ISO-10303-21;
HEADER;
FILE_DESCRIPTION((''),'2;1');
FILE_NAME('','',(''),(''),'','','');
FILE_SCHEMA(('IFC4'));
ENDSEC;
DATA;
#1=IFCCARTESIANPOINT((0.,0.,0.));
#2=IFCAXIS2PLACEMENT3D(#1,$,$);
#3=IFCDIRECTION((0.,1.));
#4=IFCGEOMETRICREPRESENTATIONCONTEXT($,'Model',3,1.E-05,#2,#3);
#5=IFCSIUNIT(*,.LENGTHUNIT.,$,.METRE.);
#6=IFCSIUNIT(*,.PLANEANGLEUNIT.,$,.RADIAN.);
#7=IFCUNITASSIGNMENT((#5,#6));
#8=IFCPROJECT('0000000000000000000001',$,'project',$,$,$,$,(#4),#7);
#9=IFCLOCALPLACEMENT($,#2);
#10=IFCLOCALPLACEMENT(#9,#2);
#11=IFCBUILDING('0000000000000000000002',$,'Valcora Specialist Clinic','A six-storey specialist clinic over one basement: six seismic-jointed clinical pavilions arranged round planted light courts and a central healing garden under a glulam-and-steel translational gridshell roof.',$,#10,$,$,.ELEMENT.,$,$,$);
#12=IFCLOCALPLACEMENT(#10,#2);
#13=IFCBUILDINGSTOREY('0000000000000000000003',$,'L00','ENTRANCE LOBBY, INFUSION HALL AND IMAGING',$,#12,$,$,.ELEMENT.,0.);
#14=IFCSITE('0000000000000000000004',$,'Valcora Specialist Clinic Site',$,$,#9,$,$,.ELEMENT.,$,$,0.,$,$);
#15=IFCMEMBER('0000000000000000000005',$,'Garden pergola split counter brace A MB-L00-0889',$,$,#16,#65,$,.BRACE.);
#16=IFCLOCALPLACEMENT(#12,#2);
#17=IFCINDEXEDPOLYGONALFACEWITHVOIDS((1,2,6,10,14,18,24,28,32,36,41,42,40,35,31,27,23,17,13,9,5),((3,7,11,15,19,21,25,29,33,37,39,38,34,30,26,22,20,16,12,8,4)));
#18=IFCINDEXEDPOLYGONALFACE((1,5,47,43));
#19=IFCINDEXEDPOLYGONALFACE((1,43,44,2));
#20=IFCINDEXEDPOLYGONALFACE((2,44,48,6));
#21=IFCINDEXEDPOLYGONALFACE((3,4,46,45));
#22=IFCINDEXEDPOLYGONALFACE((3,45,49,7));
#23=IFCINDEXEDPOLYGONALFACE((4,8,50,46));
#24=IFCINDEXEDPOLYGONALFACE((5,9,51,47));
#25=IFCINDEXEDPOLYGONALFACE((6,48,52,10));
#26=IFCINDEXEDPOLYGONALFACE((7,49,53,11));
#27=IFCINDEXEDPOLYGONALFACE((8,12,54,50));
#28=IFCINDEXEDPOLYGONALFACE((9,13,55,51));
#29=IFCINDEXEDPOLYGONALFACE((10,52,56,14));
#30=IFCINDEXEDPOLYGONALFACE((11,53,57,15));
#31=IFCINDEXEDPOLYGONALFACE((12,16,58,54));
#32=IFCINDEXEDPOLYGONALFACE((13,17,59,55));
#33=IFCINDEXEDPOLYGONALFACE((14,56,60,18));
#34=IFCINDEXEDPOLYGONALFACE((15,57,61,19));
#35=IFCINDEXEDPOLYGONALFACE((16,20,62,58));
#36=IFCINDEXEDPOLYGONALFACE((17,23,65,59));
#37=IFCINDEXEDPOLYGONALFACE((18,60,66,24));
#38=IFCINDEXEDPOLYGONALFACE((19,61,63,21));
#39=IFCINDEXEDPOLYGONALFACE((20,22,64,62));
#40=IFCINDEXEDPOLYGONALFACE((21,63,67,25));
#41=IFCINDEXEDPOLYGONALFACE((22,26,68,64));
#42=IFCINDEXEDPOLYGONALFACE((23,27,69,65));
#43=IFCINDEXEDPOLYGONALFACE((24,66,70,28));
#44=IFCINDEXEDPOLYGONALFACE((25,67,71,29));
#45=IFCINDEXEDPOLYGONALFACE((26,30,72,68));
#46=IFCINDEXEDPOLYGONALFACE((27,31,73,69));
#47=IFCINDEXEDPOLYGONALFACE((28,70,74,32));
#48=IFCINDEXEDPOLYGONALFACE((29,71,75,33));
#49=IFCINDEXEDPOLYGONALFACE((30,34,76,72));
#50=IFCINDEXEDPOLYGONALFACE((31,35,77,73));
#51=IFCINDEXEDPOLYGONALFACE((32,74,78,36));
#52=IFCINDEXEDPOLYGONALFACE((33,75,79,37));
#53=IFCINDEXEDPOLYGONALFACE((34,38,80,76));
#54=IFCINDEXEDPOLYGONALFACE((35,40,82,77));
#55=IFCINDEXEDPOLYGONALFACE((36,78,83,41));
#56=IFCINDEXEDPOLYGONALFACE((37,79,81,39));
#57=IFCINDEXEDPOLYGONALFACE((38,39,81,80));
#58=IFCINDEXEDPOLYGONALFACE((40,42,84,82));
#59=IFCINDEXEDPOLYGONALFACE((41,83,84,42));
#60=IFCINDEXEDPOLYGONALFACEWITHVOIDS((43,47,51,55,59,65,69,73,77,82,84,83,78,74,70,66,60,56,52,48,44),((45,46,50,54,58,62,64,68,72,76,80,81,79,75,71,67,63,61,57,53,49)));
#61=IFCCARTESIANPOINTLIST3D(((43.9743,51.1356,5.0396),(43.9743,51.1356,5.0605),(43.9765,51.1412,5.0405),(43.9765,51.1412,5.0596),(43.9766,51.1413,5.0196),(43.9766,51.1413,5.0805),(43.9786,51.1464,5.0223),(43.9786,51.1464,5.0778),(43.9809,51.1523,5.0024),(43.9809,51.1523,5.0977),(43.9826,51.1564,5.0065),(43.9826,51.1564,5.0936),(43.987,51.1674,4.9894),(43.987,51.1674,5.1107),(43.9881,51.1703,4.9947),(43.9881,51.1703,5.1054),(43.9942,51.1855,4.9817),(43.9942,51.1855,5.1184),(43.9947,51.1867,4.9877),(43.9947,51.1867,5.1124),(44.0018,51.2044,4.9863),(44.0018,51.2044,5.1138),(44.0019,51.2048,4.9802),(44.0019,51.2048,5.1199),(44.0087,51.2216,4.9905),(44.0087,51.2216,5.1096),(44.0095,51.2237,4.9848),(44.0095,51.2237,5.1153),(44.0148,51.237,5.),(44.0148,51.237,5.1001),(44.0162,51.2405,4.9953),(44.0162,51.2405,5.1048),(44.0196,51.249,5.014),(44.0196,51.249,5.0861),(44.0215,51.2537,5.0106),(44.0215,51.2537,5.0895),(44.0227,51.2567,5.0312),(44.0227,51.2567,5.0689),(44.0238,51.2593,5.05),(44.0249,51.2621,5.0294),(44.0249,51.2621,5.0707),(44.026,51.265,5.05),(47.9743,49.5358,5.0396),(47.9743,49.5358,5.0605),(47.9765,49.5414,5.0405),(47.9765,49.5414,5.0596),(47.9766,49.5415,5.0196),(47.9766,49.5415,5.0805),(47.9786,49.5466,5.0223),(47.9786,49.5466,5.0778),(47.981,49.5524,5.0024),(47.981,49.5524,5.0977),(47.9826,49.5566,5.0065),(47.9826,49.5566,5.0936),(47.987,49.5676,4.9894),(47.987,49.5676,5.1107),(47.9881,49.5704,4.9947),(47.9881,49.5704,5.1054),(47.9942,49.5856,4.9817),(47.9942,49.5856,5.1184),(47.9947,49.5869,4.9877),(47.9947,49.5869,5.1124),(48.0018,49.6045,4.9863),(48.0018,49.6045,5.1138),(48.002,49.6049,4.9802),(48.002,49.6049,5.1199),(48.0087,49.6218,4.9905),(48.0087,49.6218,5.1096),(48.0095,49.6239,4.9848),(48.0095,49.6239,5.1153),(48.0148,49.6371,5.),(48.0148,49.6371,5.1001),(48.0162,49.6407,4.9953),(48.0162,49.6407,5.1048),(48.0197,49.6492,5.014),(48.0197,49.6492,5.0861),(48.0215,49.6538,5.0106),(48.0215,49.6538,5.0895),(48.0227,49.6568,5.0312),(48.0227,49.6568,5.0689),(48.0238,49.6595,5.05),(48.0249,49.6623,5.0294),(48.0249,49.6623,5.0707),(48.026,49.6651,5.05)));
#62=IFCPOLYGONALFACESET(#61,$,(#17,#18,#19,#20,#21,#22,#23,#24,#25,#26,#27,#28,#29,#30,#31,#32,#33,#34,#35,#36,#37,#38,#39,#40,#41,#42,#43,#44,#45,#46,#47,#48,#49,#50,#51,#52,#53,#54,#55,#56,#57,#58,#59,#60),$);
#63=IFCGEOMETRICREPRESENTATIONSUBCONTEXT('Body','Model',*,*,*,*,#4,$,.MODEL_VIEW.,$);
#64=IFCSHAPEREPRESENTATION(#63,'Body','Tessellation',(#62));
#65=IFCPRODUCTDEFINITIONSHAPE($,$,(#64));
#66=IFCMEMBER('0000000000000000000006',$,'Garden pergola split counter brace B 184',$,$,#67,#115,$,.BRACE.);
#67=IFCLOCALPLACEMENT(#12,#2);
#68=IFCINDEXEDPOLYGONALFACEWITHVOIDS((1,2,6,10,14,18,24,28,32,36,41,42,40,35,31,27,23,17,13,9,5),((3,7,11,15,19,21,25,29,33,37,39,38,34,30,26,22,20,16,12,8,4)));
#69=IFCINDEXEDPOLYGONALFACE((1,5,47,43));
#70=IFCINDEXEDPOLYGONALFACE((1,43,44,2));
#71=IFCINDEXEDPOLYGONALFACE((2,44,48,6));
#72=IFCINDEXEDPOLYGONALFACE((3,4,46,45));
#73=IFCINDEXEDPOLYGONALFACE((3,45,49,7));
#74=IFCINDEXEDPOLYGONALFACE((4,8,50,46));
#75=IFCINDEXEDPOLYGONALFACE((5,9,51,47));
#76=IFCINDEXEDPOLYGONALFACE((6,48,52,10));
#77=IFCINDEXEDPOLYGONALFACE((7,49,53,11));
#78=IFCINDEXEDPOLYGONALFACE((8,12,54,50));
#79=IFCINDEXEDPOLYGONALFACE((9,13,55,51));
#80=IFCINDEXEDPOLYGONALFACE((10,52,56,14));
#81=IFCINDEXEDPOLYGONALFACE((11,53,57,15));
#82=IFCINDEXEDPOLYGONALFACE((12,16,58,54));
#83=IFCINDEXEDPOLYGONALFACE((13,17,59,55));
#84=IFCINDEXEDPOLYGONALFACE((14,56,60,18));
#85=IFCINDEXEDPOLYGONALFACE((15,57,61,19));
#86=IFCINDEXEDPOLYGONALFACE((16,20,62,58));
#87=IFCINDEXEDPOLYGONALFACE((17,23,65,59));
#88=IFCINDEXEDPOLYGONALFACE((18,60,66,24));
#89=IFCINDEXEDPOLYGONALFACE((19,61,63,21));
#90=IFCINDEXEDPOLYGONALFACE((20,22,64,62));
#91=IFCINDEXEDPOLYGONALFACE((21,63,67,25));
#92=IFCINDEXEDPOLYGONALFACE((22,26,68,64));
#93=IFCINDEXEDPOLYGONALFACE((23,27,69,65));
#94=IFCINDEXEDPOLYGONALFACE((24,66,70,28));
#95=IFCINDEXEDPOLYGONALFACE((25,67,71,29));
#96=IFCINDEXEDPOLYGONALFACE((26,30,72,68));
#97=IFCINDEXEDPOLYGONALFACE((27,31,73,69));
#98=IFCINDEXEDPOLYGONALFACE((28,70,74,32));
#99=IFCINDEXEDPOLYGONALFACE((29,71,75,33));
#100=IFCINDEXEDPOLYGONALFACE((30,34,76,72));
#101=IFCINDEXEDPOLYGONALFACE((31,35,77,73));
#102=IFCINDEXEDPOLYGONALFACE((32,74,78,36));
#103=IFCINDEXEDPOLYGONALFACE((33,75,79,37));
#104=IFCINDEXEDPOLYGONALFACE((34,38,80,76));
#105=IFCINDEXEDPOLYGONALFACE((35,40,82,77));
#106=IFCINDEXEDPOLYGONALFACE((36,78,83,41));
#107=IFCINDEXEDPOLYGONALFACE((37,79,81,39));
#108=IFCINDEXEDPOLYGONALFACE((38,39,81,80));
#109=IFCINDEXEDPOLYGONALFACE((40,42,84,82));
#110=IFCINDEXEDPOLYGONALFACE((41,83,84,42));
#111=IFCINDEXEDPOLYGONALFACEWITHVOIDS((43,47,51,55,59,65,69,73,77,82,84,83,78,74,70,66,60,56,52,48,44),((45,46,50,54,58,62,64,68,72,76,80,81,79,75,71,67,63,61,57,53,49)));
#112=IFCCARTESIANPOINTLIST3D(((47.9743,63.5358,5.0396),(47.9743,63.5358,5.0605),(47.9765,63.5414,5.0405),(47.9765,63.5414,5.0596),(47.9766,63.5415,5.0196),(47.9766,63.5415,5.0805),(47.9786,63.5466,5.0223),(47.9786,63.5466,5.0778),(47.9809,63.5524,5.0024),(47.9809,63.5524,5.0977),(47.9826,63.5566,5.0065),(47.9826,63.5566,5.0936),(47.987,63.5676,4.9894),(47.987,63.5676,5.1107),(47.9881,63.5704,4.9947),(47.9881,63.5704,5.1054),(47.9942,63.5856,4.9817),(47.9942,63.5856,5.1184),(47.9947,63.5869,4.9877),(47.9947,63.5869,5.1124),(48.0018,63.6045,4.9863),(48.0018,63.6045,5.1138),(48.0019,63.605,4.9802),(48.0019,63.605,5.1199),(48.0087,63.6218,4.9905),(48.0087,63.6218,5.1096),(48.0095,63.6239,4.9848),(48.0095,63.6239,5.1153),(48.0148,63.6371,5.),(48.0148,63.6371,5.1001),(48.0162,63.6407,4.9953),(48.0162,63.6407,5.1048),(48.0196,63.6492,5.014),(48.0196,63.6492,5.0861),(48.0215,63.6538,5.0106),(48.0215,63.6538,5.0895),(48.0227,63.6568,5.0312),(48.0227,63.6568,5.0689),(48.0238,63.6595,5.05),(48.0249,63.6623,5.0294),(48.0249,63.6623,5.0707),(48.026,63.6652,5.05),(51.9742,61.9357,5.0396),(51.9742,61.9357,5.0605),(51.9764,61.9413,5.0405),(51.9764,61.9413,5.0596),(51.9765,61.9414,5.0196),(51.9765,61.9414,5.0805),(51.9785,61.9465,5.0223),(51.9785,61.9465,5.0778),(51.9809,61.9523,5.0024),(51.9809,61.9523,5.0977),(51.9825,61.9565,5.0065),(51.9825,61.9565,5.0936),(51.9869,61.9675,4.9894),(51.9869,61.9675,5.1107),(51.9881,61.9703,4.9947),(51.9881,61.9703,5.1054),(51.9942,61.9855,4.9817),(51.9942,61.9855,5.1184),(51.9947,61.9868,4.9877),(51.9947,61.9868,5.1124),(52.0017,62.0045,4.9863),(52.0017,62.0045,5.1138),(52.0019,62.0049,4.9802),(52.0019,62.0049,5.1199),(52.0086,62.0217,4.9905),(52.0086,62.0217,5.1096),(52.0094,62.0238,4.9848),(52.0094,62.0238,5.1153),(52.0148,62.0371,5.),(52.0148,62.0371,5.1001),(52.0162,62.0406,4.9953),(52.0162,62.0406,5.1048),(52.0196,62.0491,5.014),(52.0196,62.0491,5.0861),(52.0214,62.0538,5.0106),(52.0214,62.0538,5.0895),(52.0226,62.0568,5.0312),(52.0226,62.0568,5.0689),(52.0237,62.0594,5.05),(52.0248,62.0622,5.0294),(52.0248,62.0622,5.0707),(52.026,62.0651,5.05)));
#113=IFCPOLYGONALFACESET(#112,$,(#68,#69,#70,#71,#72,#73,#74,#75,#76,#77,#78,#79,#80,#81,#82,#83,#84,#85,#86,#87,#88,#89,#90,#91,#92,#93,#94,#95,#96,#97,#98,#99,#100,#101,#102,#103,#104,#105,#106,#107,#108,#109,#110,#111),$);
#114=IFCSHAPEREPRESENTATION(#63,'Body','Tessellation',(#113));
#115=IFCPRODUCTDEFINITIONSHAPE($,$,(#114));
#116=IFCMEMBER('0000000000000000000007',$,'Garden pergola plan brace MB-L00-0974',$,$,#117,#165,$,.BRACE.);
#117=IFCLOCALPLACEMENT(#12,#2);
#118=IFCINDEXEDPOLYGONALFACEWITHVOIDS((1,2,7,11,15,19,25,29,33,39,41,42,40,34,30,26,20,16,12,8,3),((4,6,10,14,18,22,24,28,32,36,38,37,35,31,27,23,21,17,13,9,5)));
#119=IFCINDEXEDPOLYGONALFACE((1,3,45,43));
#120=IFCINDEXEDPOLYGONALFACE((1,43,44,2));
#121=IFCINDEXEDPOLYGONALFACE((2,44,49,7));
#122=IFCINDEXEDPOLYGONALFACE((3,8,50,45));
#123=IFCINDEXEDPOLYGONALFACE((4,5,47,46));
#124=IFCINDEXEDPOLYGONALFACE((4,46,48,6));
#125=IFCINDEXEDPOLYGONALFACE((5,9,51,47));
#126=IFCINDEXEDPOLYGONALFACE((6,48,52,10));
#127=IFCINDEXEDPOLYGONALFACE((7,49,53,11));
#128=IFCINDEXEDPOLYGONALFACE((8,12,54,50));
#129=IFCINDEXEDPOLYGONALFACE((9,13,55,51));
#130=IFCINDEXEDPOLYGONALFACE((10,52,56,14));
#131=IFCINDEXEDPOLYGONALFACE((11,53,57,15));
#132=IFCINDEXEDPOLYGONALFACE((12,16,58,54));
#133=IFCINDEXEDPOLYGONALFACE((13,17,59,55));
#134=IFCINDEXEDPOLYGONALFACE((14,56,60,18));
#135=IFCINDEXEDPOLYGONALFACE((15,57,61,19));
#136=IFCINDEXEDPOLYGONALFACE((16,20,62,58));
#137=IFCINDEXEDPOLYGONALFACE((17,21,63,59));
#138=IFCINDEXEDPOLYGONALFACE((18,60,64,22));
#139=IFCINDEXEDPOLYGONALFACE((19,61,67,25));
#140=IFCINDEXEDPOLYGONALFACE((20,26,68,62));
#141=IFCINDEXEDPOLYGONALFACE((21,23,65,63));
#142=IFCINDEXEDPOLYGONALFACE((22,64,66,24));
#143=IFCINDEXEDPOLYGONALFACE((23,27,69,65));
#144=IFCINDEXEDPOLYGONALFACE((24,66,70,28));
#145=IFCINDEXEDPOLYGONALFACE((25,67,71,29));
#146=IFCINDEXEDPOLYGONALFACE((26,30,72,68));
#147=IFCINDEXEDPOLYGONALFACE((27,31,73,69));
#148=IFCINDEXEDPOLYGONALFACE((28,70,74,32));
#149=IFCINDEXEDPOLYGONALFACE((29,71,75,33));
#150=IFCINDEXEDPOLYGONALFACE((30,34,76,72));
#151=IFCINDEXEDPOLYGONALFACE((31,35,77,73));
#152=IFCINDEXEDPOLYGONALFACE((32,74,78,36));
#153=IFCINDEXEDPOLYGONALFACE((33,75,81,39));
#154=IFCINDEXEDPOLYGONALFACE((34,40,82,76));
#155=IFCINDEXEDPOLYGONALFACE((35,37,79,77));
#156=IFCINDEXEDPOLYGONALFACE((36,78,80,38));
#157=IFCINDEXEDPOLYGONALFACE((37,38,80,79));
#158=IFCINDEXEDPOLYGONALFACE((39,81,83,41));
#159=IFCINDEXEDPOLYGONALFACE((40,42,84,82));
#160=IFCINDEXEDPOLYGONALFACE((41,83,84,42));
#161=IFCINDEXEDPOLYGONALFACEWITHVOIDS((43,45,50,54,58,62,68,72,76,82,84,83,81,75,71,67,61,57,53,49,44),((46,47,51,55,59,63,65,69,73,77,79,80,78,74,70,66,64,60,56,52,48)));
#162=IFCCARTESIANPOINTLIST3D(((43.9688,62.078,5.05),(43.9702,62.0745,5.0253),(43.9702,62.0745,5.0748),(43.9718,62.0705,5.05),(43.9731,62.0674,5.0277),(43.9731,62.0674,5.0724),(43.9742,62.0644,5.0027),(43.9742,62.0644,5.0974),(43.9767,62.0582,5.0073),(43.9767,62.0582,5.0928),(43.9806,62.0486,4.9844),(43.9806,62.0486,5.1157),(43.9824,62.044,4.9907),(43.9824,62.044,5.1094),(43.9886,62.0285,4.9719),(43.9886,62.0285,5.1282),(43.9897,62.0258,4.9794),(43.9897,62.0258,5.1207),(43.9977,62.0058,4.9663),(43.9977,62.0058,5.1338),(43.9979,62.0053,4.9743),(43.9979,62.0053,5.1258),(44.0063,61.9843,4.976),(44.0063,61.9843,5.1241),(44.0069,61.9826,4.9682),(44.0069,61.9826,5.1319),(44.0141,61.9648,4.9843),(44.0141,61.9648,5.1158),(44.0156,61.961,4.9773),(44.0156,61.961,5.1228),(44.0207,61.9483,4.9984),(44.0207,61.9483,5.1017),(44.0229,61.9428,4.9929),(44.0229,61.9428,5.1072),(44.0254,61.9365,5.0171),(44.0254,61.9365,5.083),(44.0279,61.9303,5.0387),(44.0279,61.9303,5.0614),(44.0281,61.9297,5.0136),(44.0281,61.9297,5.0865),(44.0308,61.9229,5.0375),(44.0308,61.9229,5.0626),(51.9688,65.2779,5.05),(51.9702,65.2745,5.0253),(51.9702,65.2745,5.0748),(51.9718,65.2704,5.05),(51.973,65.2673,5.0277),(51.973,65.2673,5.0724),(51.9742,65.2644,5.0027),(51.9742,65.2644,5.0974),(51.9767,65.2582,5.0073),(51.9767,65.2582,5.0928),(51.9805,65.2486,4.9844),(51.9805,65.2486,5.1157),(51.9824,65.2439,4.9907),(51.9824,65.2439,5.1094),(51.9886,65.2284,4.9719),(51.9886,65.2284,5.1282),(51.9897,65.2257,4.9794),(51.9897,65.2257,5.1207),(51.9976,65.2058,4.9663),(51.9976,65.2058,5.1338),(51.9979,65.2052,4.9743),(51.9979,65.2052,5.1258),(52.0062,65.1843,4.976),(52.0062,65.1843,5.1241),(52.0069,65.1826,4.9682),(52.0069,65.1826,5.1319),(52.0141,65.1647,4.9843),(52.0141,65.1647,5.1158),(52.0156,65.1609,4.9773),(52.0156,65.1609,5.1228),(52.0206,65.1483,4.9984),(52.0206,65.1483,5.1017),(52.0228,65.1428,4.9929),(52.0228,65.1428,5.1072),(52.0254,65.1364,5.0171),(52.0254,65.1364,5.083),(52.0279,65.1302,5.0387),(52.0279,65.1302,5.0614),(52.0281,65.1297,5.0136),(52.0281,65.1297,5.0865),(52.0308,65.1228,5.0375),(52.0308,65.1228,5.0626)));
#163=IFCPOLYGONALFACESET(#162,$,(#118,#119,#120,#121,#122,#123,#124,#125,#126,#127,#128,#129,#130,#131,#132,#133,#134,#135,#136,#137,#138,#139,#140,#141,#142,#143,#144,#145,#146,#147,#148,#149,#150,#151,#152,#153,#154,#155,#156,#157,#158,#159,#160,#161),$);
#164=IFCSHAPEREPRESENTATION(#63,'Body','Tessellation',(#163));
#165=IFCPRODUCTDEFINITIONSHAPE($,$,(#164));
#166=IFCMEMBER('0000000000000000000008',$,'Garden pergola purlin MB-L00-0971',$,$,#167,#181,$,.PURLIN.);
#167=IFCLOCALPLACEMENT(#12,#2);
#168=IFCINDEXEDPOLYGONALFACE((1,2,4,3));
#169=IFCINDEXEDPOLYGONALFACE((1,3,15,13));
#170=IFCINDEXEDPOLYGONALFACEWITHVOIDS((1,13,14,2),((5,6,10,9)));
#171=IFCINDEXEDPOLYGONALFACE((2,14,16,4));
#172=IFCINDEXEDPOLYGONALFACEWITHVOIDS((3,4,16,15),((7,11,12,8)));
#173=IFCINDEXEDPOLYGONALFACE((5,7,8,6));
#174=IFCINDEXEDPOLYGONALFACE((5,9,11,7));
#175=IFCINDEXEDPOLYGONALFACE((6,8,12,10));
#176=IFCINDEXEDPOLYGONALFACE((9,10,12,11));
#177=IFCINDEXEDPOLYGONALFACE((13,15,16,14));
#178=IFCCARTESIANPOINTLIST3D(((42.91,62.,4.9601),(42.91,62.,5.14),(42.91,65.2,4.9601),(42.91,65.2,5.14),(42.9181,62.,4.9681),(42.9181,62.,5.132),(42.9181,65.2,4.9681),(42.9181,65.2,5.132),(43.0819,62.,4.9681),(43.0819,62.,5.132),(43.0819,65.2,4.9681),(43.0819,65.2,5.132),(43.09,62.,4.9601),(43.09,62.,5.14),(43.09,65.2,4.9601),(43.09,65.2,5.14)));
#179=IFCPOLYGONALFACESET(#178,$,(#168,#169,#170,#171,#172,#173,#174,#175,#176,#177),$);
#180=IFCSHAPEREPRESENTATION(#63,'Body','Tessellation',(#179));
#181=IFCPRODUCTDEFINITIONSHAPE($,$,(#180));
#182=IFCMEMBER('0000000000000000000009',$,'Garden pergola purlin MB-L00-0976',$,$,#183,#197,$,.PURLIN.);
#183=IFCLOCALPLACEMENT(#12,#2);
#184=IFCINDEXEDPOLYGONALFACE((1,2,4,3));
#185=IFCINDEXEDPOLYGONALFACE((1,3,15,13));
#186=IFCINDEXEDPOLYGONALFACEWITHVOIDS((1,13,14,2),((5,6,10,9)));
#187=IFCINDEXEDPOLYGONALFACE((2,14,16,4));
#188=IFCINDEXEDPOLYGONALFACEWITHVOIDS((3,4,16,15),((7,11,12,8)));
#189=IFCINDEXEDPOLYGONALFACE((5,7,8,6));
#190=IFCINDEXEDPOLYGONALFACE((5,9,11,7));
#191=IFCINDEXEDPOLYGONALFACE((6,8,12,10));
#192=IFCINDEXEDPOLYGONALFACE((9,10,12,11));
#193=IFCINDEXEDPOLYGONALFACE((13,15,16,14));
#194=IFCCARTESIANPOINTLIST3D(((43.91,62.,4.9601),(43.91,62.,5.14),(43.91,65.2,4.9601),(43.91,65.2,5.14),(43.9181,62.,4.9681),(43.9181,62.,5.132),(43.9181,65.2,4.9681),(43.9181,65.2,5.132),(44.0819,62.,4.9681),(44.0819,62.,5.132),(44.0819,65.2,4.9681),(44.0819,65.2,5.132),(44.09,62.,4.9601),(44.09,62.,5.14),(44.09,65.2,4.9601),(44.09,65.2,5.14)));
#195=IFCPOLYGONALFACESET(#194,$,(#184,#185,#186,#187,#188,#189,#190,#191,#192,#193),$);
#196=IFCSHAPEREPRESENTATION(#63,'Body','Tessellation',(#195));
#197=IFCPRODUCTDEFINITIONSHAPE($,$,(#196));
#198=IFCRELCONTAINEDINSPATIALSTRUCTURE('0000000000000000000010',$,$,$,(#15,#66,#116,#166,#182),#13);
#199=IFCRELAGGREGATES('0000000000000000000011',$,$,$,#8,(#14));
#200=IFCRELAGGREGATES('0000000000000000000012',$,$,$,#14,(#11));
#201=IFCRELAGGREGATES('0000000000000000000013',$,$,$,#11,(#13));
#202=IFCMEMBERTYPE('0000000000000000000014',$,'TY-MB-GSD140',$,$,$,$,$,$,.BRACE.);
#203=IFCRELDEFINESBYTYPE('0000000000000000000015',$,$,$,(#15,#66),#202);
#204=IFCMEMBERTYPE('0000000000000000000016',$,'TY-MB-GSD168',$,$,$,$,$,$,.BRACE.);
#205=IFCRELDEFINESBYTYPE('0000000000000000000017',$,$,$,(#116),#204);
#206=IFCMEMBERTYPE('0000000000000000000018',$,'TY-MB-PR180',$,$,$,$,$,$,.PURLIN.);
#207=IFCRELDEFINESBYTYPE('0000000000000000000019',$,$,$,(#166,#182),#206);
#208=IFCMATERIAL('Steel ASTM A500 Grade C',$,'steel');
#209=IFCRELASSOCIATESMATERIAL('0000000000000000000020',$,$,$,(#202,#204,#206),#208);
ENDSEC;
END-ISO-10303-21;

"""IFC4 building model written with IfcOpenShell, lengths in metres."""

from ifc_helpers import new_model, si_unit, direction, frame, origin, origin_2d, place, context, subcontext, project, spatial, hollow_rectangle, hollow_circle, extrude, material, material_profile, profile_set, type_object, element, save


model = new_model("IFC4")

# Units and contexts
model_context = context("Model", 3, precision=1e-05, world=origin(), true_north=direction((0.0, 1.0)))
body_context = subcontext(model_context, "Body", "Model", "MODEL_VIEW")
ifc_project = project(units=[si_unit("LENGTHUNIT", "METRE"), si_unit("PLANEANGLEUNIT", "RADIAN")], contexts=[model_context])

# Site, building, storey
site_placement = place(None, origin())
site = spatial("IfcSite", under=ifc_project, at=site_placement, Name="Valcora Specialist Clinic Site", CompositionType="ELEMENT", RefElevation=0.0)
building_placement = place(site_placement, origin())
building = spatial("IfcBuilding", under=site, at=building_placement, Name="Valcora Specialist Clinic", Description="A six-storey specialist clinic over one basement: six seismic-jointed clinical pavilions arranged round planted light courts and a central healing garden under a glulam-and-steel translational gridshell roof.", CompositionType="ELEMENT")
storey_placement = place(building_placement, origin())
storey = spatial("IfcBuildingStorey", under=building, at=storey_placement, Name="L00", Description="ENTRANCE LOBBY, INFUSION HALL AND IMAGING", CompositionType="ELEMENT", Elevation=0.0)

# Shared definitions
ifc_material_1 = material(Name="Steel ASTM A500 Grade C", Category="steel")

# Members
ifc_material_profile_1 = material_profile(ifc_material_1, hollow_circle(Radius=0.0701, WallThickness=0.0061, at=origin_2d()), Name="ST-CHS-140X6")
ifc_profile_set_1 = profile_set([ifc_material_profile_1], Name="Steel ASTM A500 Grade C")
member_type_1 = type_object("IfcMemberType", Name="TY-MB-GSD140", PredefinedType="BRACE", material=ifc_profile_set_1)
for number, where, z_axis, x_axis, name in (
    (1, (44.0, 51.2, 5.05), (0.928488, -0.371361, 0.0), (0.371361, 0.928488, 0.0), "Garden pergola split counter brace A MB-L00-0889"),
    (2, (48.0, 63.6001, 5.05), (0.928469, -0.37141, 0.0), (0.37141, 0.928469, 0.0), "Garden pergola split counter brace B 184"),
):
    element("IfcMember", number, at=place(storey_placement, frame(where, z_axis=z_axis, x_axis=x_axis)), inside=storey, type_object=member_type_1, Name=name, PredefinedType="BRACE", context=body_context, shape_type="SweptSolid", body=[
        extrude(hollow_circle(Radius=0.0701, WallThickness=0.0061, at=origin_2d()), origin(), (0.0, 0.0, 1.0), 4.3081),
    ])
ifc_material_profile_2 = material_profile(ifc_material_1, hollow_circle(Radius=0.084, WallThickness=0.0081, at=origin_2d()), Name="ST-CHS-168X8")
ifc_profile_set_2 = profile_set([ifc_material_profile_2], Name="Steel ASTM A500 Grade C")
member_type_2 = type_object("IfcMemberType", Name="TY-MB-GSD168", PredefinedType="BRACE", material=ifc_profile_set_2)
member_1_placement = place(storey_placement, frame((44.0, 62.0, 5.05), z_axis=(0.928479, 0.371386, 0.0), x_axis=(-0.371386, 0.928479, 0.0)))
element("IfcMember", 3, at=member_1_placement, inside=storey, type_object=member_type_2, Name="Garden pergola plan brace MB-L00-0974", PredefinedType="BRACE", context=body_context, shape_type="SweptSolid", body=[
    extrude(hollow_circle(Radius=0.084, WallThickness=0.0081, at=origin_2d()), origin(), (0.0, 0.0, 1.0), 8.6162),
])
ifc_material_profile_3 = material_profile(ifc_material_1, hollow_rectangle(XDim=0.1799, YDim=0.1799, WallThickness=0.0081, at=origin_2d()), Name="ST-RHS-180X180X8")
ifc_profile_set_3 = profile_set([ifc_material_profile_3], Name="Steel ASTM A500 Grade C")
member_type_3 = type_object("IfcMemberType", Name="TY-MB-PR180", PredefinedType="PURLIN", material=ifc_profile_set_3)
for number, where, z_axis, x_axis, name in (
    (4, (43.0, 62.0, 5.05), (0.0, 1.0, 0.0), (-1.0, 0.0, 0.0), "Garden pergola purlin MB-L00-0971"),
    (5, (44.0, 62.0, 5.05), (0.0, 1.0, 0.0), (-1.0, 0.0, 0.0), "Garden pergola purlin MB-L00-0976"),
):
    element("IfcMember", number, at=place(storey_placement, frame(where, z_axis=z_axis, x_axis=x_axis)), inside=storey, type_object=member_type_3, Name=name, PredefinedType="PURLIN", context=body_context, shape_type="SweptSolid", body=[
        extrude(hollow_rectangle(XDim=0.1799, YDim=0.1799, WallThickness=0.0081, at=origin_2d()), origin(), (0.0, 0.0, 1.0), 3.2),
    ])

save(model, "model.ifc")
